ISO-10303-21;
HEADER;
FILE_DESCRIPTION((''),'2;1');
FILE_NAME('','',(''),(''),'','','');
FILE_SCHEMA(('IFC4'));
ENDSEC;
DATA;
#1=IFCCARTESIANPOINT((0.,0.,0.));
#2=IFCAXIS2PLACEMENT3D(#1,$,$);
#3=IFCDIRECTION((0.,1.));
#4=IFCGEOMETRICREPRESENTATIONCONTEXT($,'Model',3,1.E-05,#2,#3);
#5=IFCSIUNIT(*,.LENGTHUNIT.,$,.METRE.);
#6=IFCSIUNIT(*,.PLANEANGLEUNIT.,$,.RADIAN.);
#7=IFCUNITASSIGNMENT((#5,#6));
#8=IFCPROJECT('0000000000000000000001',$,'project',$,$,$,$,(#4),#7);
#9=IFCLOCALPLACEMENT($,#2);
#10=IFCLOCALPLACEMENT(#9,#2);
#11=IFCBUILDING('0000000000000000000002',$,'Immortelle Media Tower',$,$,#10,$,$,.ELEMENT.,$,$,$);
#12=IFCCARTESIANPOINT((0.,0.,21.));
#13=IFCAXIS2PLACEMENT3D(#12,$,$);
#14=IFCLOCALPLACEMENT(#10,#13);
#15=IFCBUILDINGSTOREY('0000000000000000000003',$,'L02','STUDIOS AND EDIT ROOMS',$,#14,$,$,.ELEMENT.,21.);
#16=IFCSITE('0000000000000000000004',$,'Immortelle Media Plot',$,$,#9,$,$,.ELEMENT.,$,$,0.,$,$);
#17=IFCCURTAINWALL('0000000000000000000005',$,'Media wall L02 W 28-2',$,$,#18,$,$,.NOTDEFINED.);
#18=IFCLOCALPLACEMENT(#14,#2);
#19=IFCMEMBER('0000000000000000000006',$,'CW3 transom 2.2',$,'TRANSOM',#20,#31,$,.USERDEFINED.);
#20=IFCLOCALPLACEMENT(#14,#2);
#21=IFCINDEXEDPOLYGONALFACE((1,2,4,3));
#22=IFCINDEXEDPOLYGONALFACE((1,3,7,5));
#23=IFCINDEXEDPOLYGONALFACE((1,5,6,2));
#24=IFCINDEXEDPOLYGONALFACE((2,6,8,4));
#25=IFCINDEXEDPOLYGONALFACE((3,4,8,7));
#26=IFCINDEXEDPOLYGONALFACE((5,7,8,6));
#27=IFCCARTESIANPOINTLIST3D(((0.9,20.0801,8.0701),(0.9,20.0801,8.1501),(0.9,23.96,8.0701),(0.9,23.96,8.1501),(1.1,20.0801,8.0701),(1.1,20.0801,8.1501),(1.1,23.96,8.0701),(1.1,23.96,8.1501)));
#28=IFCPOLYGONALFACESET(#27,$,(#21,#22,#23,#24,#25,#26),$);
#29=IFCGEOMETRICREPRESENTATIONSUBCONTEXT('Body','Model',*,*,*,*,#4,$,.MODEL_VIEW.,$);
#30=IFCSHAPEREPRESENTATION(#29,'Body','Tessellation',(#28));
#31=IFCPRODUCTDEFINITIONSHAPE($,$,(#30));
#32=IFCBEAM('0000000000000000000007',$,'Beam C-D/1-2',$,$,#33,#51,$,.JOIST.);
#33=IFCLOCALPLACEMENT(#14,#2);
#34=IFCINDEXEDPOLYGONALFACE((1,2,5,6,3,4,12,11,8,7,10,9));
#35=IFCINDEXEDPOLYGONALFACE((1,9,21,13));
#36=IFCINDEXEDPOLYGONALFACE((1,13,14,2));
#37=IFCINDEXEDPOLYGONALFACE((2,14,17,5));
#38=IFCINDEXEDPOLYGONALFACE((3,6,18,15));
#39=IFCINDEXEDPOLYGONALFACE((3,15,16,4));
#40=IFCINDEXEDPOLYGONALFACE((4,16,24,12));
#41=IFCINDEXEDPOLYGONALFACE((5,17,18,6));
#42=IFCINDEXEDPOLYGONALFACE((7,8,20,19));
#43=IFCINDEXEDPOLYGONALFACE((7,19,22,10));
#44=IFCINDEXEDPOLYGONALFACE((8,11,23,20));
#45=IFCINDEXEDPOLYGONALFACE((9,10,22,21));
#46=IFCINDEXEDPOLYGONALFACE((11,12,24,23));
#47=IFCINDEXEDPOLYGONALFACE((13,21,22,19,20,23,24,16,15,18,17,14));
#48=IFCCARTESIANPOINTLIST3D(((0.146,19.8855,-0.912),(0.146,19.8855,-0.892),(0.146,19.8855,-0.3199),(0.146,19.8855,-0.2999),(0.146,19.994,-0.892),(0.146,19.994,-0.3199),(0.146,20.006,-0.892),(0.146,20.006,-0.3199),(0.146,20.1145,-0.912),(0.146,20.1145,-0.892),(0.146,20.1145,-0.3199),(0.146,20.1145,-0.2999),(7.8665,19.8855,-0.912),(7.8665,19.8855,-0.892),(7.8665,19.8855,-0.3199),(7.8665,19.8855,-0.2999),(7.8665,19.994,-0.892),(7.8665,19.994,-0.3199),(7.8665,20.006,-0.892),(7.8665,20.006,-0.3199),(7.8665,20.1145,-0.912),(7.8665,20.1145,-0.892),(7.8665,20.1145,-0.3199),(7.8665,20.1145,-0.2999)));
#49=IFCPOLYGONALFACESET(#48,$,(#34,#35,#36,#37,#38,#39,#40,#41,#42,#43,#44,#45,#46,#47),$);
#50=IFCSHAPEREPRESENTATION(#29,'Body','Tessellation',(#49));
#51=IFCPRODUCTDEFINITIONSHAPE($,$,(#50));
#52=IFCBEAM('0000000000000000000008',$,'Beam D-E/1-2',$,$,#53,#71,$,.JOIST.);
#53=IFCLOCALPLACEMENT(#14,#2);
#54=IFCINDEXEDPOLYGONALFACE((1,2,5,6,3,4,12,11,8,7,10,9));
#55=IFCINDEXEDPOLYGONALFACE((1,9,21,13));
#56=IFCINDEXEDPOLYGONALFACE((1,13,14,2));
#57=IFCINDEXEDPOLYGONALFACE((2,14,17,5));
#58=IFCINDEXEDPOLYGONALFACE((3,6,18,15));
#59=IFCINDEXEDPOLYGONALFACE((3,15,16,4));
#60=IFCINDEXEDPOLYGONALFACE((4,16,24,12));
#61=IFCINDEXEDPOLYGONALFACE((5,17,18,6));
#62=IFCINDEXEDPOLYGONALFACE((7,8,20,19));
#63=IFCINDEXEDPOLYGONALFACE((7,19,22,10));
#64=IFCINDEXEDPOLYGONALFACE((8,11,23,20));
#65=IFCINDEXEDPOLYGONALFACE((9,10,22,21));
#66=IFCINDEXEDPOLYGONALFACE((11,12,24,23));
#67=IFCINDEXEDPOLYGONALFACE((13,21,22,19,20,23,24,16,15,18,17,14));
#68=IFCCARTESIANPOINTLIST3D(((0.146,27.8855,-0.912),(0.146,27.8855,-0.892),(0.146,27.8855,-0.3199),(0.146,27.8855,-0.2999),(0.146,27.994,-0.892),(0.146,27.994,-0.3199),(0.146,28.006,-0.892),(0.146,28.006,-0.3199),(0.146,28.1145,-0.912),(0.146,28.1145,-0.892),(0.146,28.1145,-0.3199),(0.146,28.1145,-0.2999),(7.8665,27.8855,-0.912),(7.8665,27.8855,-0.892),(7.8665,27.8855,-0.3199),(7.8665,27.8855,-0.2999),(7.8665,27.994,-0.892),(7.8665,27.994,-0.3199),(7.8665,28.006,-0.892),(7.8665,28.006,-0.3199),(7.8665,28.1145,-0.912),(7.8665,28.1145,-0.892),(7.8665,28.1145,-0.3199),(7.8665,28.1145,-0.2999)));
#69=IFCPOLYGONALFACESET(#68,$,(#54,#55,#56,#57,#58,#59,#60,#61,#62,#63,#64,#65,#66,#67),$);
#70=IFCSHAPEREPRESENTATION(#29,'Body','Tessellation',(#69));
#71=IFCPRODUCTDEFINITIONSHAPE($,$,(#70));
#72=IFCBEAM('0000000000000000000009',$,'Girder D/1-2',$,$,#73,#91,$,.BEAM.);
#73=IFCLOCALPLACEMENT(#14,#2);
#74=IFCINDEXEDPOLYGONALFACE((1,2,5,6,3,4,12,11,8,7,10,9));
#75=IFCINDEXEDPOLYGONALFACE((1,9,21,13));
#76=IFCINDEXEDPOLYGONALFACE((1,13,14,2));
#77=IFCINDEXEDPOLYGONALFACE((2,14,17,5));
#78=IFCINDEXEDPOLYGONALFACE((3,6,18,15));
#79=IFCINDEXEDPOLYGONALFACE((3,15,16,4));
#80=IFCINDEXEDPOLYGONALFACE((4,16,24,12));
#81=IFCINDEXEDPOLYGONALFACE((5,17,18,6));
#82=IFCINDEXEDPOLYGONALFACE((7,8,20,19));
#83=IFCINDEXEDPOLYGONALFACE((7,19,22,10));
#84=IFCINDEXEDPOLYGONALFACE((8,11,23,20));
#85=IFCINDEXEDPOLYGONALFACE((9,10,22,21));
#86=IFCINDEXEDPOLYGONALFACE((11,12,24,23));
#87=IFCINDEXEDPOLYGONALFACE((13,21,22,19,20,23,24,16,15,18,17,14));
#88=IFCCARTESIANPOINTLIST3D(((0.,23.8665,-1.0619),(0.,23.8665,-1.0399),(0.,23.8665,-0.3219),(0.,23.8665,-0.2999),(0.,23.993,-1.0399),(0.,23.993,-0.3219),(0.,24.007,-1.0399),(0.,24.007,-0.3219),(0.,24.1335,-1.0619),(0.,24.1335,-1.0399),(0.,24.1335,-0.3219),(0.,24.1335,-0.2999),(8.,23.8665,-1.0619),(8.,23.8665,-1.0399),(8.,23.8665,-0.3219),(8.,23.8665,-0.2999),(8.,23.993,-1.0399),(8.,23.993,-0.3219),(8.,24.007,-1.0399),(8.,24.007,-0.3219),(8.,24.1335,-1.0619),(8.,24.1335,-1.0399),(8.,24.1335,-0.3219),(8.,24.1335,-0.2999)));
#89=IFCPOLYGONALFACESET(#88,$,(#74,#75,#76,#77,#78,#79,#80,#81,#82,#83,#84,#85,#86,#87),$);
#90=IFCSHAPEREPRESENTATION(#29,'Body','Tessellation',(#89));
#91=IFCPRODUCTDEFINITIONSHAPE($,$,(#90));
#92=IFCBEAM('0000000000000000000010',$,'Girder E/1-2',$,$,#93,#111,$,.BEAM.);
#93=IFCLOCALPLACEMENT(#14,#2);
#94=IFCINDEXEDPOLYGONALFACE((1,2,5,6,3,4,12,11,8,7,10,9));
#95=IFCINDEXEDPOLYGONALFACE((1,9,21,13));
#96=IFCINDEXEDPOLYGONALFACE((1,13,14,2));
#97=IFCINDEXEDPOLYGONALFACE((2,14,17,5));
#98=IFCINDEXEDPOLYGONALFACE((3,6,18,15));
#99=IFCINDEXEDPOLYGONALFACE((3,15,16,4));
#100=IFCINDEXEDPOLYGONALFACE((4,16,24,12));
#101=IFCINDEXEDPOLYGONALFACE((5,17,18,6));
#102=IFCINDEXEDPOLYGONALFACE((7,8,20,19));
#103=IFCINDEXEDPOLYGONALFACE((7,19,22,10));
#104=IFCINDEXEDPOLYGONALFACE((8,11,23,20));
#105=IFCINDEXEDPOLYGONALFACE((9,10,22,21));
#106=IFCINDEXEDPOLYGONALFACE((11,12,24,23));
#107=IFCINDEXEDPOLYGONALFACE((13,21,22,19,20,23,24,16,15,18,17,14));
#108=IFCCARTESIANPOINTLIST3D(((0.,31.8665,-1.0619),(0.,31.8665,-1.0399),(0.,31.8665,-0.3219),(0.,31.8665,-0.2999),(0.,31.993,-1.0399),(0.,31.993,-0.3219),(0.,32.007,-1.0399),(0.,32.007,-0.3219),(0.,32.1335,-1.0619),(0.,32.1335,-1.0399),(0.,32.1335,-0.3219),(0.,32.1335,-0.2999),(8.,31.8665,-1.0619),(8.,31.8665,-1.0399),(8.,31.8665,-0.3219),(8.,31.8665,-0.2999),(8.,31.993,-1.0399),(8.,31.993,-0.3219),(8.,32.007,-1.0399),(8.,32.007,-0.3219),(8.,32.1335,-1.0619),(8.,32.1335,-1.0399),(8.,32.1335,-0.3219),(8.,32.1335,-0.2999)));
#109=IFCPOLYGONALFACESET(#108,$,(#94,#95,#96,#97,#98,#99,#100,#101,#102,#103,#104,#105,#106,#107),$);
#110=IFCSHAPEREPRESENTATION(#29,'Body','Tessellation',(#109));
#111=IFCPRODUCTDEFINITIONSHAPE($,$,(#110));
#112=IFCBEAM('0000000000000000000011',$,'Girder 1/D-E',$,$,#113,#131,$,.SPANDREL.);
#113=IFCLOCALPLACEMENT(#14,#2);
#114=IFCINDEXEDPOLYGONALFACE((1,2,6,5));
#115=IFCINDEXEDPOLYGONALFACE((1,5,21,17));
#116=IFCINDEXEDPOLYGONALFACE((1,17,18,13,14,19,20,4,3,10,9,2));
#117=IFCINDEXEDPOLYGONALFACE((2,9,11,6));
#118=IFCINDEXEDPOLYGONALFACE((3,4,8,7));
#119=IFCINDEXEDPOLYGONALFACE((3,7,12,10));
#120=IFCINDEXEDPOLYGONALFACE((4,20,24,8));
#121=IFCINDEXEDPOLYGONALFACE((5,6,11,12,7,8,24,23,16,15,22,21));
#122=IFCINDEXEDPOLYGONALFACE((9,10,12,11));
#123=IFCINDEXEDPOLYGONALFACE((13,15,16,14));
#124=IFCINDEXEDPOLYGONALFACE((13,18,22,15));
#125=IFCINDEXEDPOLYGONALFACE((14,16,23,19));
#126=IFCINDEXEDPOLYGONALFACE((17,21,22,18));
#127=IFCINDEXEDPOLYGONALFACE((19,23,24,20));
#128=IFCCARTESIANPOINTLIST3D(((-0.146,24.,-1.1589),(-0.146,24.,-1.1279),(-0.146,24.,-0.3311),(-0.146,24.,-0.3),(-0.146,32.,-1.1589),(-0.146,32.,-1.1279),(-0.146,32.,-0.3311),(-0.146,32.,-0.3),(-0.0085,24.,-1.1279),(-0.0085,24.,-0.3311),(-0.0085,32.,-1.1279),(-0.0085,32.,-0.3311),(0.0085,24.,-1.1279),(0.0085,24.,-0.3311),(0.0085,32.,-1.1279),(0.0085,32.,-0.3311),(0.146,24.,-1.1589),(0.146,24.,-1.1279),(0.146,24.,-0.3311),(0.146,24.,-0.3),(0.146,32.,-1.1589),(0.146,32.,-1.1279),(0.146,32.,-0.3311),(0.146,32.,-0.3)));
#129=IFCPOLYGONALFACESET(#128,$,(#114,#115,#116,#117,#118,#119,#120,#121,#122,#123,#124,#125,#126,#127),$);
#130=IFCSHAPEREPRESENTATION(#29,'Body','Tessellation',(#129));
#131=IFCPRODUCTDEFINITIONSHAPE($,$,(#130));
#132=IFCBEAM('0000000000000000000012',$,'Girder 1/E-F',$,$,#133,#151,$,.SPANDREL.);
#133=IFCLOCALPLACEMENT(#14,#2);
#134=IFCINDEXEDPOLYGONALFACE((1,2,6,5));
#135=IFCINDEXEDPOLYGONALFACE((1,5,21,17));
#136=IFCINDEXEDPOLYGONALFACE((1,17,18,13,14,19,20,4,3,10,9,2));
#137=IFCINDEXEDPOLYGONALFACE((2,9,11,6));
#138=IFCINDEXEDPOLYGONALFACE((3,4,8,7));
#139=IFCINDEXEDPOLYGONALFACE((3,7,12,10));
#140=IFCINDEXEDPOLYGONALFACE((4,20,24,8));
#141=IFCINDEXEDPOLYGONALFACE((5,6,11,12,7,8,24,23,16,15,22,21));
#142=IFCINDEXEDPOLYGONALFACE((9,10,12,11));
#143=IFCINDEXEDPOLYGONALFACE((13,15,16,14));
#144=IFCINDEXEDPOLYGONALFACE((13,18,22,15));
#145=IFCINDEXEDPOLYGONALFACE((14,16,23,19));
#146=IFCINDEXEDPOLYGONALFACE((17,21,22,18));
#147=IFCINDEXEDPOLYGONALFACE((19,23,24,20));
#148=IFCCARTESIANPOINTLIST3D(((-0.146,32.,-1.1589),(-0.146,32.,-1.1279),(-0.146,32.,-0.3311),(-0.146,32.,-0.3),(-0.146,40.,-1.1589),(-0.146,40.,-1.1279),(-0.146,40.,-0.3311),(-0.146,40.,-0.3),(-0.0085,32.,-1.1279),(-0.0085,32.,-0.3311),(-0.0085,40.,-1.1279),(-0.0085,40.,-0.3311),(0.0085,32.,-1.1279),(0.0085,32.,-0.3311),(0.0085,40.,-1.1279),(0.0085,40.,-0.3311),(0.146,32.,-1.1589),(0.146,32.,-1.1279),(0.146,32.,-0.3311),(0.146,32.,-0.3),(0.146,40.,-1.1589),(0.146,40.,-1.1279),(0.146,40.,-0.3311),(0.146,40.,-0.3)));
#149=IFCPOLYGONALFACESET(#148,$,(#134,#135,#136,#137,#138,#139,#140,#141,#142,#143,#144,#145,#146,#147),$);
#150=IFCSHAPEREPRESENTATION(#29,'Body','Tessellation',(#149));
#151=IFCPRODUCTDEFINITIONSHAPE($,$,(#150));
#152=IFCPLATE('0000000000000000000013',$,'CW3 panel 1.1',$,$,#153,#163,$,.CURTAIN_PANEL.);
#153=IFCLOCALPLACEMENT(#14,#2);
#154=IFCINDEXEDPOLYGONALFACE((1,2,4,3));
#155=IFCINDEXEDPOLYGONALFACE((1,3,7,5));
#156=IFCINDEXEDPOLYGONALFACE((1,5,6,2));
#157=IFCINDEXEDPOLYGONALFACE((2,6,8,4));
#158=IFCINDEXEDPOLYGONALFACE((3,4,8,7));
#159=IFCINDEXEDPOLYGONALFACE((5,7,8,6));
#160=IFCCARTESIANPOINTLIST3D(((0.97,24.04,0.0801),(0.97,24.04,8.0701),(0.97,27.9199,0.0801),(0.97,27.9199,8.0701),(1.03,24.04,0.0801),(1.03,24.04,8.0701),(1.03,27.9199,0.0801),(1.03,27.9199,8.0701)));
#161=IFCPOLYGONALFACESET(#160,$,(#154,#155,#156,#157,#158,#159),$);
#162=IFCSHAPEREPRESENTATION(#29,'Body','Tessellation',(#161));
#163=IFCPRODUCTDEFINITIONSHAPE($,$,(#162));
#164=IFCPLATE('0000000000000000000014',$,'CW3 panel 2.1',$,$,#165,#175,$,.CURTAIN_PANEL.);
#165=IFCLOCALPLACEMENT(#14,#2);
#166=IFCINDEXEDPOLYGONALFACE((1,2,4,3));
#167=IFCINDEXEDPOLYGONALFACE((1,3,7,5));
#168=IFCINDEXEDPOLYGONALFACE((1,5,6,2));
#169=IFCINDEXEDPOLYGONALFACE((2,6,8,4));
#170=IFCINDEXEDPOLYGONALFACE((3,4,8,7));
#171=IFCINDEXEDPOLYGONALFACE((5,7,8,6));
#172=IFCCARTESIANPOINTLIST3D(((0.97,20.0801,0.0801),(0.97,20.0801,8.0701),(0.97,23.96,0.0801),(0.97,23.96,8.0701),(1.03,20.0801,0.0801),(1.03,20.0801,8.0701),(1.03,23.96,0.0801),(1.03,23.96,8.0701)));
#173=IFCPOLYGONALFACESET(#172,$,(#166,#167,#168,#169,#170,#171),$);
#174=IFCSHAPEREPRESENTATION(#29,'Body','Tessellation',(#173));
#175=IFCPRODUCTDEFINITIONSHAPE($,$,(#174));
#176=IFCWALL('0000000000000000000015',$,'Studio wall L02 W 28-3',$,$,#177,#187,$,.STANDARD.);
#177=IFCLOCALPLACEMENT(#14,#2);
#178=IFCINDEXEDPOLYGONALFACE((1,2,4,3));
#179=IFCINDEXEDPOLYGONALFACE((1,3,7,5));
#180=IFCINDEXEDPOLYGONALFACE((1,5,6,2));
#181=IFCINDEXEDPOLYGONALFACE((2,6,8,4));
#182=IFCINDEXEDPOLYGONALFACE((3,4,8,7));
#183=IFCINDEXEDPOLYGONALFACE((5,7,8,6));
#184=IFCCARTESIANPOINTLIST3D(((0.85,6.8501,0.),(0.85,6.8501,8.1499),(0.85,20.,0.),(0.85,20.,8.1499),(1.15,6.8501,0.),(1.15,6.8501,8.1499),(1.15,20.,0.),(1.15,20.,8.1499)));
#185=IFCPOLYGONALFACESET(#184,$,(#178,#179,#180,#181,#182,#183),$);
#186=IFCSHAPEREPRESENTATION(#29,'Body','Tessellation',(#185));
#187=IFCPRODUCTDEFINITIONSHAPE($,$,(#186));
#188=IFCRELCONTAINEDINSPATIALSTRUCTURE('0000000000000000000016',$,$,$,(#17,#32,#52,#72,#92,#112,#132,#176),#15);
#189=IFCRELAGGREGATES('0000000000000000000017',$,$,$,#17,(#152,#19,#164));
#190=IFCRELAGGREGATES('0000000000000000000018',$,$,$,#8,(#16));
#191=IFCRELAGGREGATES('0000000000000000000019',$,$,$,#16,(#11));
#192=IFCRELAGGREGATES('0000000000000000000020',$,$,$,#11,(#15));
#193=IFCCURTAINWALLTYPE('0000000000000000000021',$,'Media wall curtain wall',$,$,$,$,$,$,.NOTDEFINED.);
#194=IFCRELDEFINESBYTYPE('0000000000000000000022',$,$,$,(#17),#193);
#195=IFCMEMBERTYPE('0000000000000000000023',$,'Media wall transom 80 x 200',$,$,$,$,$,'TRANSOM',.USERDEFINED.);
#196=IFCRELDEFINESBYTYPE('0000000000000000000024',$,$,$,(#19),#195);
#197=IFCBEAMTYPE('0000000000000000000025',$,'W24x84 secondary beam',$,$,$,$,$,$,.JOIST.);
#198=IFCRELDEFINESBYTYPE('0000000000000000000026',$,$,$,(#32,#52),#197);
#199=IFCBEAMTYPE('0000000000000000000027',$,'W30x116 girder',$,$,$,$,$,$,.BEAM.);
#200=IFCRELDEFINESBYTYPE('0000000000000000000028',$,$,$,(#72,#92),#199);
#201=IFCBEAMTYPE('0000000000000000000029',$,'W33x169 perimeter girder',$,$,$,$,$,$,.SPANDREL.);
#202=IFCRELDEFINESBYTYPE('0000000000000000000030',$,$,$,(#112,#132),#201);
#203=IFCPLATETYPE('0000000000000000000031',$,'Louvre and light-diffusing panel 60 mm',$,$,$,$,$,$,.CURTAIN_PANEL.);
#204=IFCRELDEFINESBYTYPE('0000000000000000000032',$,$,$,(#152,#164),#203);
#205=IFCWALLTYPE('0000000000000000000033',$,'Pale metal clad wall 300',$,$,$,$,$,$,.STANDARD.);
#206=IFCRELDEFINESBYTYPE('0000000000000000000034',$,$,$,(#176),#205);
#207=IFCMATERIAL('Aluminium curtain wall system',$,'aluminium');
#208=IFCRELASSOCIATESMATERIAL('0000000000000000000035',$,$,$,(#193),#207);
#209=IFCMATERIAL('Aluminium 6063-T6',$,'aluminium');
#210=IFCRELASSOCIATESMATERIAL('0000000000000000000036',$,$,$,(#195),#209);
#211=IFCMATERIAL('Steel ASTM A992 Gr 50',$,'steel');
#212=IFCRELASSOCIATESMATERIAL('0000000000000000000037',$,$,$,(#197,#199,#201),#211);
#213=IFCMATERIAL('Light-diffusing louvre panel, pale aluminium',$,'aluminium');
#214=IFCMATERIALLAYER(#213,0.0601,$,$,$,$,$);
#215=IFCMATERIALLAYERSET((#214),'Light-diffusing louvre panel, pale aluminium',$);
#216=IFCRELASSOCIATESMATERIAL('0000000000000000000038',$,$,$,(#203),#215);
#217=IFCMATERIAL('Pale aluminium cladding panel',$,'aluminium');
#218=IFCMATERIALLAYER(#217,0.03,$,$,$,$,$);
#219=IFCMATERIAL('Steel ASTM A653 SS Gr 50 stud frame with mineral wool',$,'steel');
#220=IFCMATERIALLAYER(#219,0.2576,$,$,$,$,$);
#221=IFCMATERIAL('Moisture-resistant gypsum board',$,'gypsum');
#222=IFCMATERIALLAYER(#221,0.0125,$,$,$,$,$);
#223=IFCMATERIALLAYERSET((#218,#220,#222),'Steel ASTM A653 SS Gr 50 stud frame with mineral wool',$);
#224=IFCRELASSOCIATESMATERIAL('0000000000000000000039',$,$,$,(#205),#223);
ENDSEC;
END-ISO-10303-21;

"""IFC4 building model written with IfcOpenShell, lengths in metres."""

from ifc_helpers import new_model, si_unit, direction, frame, frame_2d, origin, origin_2d, place, context, subcontext, project, spatial, rectangle, i_section, extrude, material, layer, layer_set, material_profile, profile_set, type_object, element, aggregate, save


model = new_model("IFC4")

# Units and contexts
model_context = context("Model", 3, precision=1e-05, world=origin(), true_north=direction((0.0, 1.0)))
body_context = subcontext(model_context, "Body", "Model", "MODEL_VIEW")
ifc_project = project(units=[si_unit("LENGTHUNIT", "METRE"), si_unit("PLANEANGLEUNIT", "RADIAN")], contexts=[model_context])

# Site, building, storey
site_placement = place(None, origin())
site = spatial("IfcSite", under=ifc_project, at=site_placement, Name="Immortelle Media Plot", CompositionType="ELEMENT", RefElevation=0.0)
building_placement = place(site_placement, origin())
building = spatial("IfcBuilding", under=site, at=building_placement, Name="Immortelle Media Tower", CompositionType="ELEMENT")
storey_placement = place(building_placement, frame((0.0, 0.0, 21.0)))
storey = spatial("IfcBuildingStorey", under=building, at=storey_placement, Name="L02", Description="STUDIOS AND EDIT ROOMS", CompositionType="ELEMENT", Elevation=21.0)

# Shared definitions
ifc_material_1 = material(Name="Steel ASTM A992 Gr 50", Category="steel")

# Curtain wall, member
ifc_material_2 = material(Name="Aluminium curtain wall system", Category="aluminium")
curtain_wall_type = type_object("IfcCurtainWallType", Name="Media wall curtain wall", PredefinedType="NOTDEFINED", material=ifc_material_2)
curtain_wall_placement = place(storey_placement, origin())
curtain_wall = element("IfcCurtainWall", 1, at=curtain_wall_placement, inside=storey, type_object=curtain_wall_type, Name="Media wall L02 W 28-2", PredefinedType="NOTDEFINED")
ifc_material_3 = material(Name="Aluminium 6063-T6", Category="aluminium")
ifc_material_profile_1 = material_profile(ifc_material_3, rectangle(XDim=0.2, YDim=0.0801, at=origin_2d()), Name="AL 80x200")
ifc_profile_set_1 = profile_set([ifc_material_profile_1], Name="Aluminium 6063-T6")
member_type_1 = type_object("IfcMemberType", Name="Media wall transom 80 x 200", ElementType="TRANSOM", PredefinedType="USERDEFINED", material=ifc_profile_set_1)
member_1_placement = place(storey_placement, frame((1.0, 23.96, 8.1101), z_axis=(0.0, -1.0, 0.0), x_axis=(1.0, 0.0, 0.0)))
member_1 = element("IfcMember", 2, at=member_1_placement, type_object=member_type_1, Name="CW3 transom 2.2", ObjectType="TRANSOM", PredefinedType="USERDEFINED", context=body_context, shape_type="SweptSolid", body=[
    extrude(rectangle(XDim=0.2, YDim=0.0801, at=origin_2d()), origin(), (0.0, 0.0, 1.0), 3.8799),
])

# Beams
ifc_material_profile_2 = material_profile(ifc_material_1, i_section(OverallWidth=0.229, OverallDepth=0.6121, WebThickness=0.012, FlangeThickness=0.02, at=origin_2d()), Name="W24x84")
ifc_profile_set_2 = profile_set([ifc_material_profile_2], Name="Steel ASTM A992 Gr 50")
beam_type_1 = type_object("IfcBeamType", Name="W24x84 secondary beam", PredefinedType="JOIST", material=ifc_profile_set_2)
for number, where, z_axis, x_axis, name in (
    (3, (0.146, 20.0, -0.606), (1.0, 0.0, 0.0), (0.0, 1.0, 0.0), "Beam C-D/1-2"),
    (4, (0.146, 28.0, -0.606), (1.0, 0.0, 0.0), (0.0, 1.0, 0.0), "Beam D-E/1-2"),
):
    element("IfcBeam", number, at=place(storey_placement, frame(where, z_axis=z_axis, x_axis=x_axis)), inside=storey, type_object=beam_type_1, Name=name, PredefinedType="JOIST", context=body_context, shape_type="SweptSolid", body=[
        extrude(i_section(OverallWidth=0.229, OverallDepth=0.6121, WebThickness=0.012, FlangeThickness=0.02, at=origin_2d()), origin(), (0.0, 0.0, 1.0), 7.7205),
    ])
ifc_material_profile_3 = material_profile(ifc_material_1, i_section(OverallWidth=0.2671, OverallDepth=0.762, WebThickness=0.0139, FlangeThickness=0.022, at=origin_2d()), Name="W30x116")
ifc_profile_set_3 = profile_set([ifc_material_profile_3], Name="Steel ASTM A992 Gr 50")
beam_type_2 = type_object("IfcBeamType", Name="W30x116 girder", PredefinedType="BEAM", material=ifc_profile_set_3)
for number, where, z_axis, x_axis, name in (
    (5, (0.0, 24.0, -0.6809), (1.0, 0.0, 0.0), (0.0, 1.0, 0.0), "Girder D/1-2"),
    (6, (0.0, 32.0, -0.6809), (1.0, 0.0, 0.0), (0.0, 1.0, 0.0), "Girder E/1-2"),
):
    element("IfcBeam", number, at=place(storey_placement, frame(where, z_axis=z_axis, x_axis=x_axis)), inside=storey, type_object=beam_type_2, Name=name, PredefinedType="BEAM", context=body_context, shape_type="SweptSolid", body=[
        extrude(i_section(OverallWidth=0.2671, OverallDepth=0.762, WebThickness=0.0139, FlangeThickness=0.022, at=origin_2d()), origin(), (0.0, 0.0, 1.0), 8.0),
    ])
ifc_material_profile_4 = material_profile(ifc_material_1, i_section(OverallWidth=0.292, OverallDepth=0.8589, WebThickness=0.0171, FlangeThickness=0.031, at=origin_2d()), Name="W33x169")
ifc_profile_set_4 = profile_set([ifc_material_profile_4], Name="Steel ASTM A992 Gr 50")
beam_type_3 = type_object("IfcBeamType", Name="W33x169 perimeter girder", PredefinedType="SPANDREL", material=ifc_profile_set_4)
for number, where, z_axis, x_axis, name in (
    (7, (0.0, 24.0, -0.7295), (0.0, 1.0, 0.0), (-1.0, 0.0, 0.0), "Girder 1/D-E"),
    (8, (0.0, 32.0, -0.7295), (0.0, 1.0, 0.0), (-1.0, 0.0, 0.0), "Girder 1/E-F"),
):
    element("IfcBeam", number, at=place(storey_placement, frame(where, z_axis=z_axis, x_axis=x_axis)), inside=storey, type_object=beam_type_3, Name=name, PredefinedType="SPANDREL", context=body_context, shape_type="SweptSolid", body=[
        extrude(i_section(OverallWidth=0.292, OverallDepth=0.8589, WebThickness=0.0171, FlangeThickness=0.031, at=origin_2d()), origin(), (0.0, 0.0, 1.0), 8.0),
    ])

# Plates
ifc_material_4 = material(Name="Light-diffusing louvre panel, pale aluminium", Category="aluminium")
ifc_layer_1 = layer(ifc_material_4, 0.0601)
ifc_layer_set_1 = layer_set([ifc_layer_1], Name="Light-diffusing louvre panel, pale aluminium")
plate_type = type_object("IfcPlateType", Name="Louvre and light-diffusing panel 60 mm", PredefinedType="CURTAIN_PANEL", material=ifc_layer_set_1)
plate_1_placement = place(storey_placement, frame((1.0, 25.98, 0.0801), z_axis=(0.0, 0.0, 1.0), x_axis=(0.0, -1.0, 0.0)))
plate_1 = element("IfcPlate", 9, at=plate_1_placement, type_object=plate_type, Name="CW3 panel 1.1", PredefinedType="CURTAIN_PANEL", context=body_context, shape_type="SweptSolid", body=[
    extrude(rectangle(XDim=3.8799, YDim=0.0601, at=origin_2d()), origin(), (0.0, 0.0, 1.0), 7.99),
])
plate_2_placement = place(storey_placement, frame((1.0, 22.02, 0.0801), z_axis=(0.0, 0.0, 1.0), x_axis=(0.0, -1.0, 0.0)))
plate_2 = element("IfcPlate", 10, at=plate_2_placement, type_object=plate_type, Name="CW3 panel 2.1", PredefinedType="CURTAIN_PANEL", context=body_context, shape_type="SweptSolid", body=[
    extrude(rectangle(XDim=3.8799, YDim=0.0601, at=origin_2d()), origin(), (0.0, 0.0, 1.0), 7.99),
])
aggregate(curtain_wall, [plate_1, member_1, plate_2])

# Wall
ifc_material_5 = material(Name="Pale aluminium cladding panel", Category="aluminium")
ifc_layer_2 = layer(ifc_material_5, 0.03)
ifc_material_6 = material(Name="Steel ASTM A653 SS Gr 50 stud frame with mineral wool", Category="steel")
ifc_layer_3 = layer(ifc_material_6, 0.2576)
ifc_material_7 = material(Name="Moisture-resistant gypsum board", Category="gypsum")
ifc_layer_4 = layer(ifc_material_7, 0.0125)
ifc_layer_set_2 = layer_set([ifc_layer_2, ifc_layer_3, ifc_layer_4], Name="Steel ASTM A653 SS Gr 50 stud frame with mineral wool")
wall_type_1 = type_object("IfcWallType", Name="Pale metal clad wall 300", PredefinedType="STANDARD", material=ifc_layer_set_2)
wall_1_placement = place(storey_placement, frame((1.0, 20.0, 0.0), z_axis=(0.0, 0.0, 1.0), x_axis=(0.0, -1.0, 0.0)))
element("IfcWall", 11, at=wall_1_placement, inside=storey, type_object=wall_type_1, Name="Studio wall L02 W 28-3", PredefinedType="STANDARD", context=body_context, shape_type="SweptSolid", body=[
    extrude(rectangle(XDim=13.1499, YDim=0.3, at=frame_2d((6.575, 0.0))), origin(), (0.0, 0.0, 1.0), 8.1499),
])

save(model, "model.ifc")
